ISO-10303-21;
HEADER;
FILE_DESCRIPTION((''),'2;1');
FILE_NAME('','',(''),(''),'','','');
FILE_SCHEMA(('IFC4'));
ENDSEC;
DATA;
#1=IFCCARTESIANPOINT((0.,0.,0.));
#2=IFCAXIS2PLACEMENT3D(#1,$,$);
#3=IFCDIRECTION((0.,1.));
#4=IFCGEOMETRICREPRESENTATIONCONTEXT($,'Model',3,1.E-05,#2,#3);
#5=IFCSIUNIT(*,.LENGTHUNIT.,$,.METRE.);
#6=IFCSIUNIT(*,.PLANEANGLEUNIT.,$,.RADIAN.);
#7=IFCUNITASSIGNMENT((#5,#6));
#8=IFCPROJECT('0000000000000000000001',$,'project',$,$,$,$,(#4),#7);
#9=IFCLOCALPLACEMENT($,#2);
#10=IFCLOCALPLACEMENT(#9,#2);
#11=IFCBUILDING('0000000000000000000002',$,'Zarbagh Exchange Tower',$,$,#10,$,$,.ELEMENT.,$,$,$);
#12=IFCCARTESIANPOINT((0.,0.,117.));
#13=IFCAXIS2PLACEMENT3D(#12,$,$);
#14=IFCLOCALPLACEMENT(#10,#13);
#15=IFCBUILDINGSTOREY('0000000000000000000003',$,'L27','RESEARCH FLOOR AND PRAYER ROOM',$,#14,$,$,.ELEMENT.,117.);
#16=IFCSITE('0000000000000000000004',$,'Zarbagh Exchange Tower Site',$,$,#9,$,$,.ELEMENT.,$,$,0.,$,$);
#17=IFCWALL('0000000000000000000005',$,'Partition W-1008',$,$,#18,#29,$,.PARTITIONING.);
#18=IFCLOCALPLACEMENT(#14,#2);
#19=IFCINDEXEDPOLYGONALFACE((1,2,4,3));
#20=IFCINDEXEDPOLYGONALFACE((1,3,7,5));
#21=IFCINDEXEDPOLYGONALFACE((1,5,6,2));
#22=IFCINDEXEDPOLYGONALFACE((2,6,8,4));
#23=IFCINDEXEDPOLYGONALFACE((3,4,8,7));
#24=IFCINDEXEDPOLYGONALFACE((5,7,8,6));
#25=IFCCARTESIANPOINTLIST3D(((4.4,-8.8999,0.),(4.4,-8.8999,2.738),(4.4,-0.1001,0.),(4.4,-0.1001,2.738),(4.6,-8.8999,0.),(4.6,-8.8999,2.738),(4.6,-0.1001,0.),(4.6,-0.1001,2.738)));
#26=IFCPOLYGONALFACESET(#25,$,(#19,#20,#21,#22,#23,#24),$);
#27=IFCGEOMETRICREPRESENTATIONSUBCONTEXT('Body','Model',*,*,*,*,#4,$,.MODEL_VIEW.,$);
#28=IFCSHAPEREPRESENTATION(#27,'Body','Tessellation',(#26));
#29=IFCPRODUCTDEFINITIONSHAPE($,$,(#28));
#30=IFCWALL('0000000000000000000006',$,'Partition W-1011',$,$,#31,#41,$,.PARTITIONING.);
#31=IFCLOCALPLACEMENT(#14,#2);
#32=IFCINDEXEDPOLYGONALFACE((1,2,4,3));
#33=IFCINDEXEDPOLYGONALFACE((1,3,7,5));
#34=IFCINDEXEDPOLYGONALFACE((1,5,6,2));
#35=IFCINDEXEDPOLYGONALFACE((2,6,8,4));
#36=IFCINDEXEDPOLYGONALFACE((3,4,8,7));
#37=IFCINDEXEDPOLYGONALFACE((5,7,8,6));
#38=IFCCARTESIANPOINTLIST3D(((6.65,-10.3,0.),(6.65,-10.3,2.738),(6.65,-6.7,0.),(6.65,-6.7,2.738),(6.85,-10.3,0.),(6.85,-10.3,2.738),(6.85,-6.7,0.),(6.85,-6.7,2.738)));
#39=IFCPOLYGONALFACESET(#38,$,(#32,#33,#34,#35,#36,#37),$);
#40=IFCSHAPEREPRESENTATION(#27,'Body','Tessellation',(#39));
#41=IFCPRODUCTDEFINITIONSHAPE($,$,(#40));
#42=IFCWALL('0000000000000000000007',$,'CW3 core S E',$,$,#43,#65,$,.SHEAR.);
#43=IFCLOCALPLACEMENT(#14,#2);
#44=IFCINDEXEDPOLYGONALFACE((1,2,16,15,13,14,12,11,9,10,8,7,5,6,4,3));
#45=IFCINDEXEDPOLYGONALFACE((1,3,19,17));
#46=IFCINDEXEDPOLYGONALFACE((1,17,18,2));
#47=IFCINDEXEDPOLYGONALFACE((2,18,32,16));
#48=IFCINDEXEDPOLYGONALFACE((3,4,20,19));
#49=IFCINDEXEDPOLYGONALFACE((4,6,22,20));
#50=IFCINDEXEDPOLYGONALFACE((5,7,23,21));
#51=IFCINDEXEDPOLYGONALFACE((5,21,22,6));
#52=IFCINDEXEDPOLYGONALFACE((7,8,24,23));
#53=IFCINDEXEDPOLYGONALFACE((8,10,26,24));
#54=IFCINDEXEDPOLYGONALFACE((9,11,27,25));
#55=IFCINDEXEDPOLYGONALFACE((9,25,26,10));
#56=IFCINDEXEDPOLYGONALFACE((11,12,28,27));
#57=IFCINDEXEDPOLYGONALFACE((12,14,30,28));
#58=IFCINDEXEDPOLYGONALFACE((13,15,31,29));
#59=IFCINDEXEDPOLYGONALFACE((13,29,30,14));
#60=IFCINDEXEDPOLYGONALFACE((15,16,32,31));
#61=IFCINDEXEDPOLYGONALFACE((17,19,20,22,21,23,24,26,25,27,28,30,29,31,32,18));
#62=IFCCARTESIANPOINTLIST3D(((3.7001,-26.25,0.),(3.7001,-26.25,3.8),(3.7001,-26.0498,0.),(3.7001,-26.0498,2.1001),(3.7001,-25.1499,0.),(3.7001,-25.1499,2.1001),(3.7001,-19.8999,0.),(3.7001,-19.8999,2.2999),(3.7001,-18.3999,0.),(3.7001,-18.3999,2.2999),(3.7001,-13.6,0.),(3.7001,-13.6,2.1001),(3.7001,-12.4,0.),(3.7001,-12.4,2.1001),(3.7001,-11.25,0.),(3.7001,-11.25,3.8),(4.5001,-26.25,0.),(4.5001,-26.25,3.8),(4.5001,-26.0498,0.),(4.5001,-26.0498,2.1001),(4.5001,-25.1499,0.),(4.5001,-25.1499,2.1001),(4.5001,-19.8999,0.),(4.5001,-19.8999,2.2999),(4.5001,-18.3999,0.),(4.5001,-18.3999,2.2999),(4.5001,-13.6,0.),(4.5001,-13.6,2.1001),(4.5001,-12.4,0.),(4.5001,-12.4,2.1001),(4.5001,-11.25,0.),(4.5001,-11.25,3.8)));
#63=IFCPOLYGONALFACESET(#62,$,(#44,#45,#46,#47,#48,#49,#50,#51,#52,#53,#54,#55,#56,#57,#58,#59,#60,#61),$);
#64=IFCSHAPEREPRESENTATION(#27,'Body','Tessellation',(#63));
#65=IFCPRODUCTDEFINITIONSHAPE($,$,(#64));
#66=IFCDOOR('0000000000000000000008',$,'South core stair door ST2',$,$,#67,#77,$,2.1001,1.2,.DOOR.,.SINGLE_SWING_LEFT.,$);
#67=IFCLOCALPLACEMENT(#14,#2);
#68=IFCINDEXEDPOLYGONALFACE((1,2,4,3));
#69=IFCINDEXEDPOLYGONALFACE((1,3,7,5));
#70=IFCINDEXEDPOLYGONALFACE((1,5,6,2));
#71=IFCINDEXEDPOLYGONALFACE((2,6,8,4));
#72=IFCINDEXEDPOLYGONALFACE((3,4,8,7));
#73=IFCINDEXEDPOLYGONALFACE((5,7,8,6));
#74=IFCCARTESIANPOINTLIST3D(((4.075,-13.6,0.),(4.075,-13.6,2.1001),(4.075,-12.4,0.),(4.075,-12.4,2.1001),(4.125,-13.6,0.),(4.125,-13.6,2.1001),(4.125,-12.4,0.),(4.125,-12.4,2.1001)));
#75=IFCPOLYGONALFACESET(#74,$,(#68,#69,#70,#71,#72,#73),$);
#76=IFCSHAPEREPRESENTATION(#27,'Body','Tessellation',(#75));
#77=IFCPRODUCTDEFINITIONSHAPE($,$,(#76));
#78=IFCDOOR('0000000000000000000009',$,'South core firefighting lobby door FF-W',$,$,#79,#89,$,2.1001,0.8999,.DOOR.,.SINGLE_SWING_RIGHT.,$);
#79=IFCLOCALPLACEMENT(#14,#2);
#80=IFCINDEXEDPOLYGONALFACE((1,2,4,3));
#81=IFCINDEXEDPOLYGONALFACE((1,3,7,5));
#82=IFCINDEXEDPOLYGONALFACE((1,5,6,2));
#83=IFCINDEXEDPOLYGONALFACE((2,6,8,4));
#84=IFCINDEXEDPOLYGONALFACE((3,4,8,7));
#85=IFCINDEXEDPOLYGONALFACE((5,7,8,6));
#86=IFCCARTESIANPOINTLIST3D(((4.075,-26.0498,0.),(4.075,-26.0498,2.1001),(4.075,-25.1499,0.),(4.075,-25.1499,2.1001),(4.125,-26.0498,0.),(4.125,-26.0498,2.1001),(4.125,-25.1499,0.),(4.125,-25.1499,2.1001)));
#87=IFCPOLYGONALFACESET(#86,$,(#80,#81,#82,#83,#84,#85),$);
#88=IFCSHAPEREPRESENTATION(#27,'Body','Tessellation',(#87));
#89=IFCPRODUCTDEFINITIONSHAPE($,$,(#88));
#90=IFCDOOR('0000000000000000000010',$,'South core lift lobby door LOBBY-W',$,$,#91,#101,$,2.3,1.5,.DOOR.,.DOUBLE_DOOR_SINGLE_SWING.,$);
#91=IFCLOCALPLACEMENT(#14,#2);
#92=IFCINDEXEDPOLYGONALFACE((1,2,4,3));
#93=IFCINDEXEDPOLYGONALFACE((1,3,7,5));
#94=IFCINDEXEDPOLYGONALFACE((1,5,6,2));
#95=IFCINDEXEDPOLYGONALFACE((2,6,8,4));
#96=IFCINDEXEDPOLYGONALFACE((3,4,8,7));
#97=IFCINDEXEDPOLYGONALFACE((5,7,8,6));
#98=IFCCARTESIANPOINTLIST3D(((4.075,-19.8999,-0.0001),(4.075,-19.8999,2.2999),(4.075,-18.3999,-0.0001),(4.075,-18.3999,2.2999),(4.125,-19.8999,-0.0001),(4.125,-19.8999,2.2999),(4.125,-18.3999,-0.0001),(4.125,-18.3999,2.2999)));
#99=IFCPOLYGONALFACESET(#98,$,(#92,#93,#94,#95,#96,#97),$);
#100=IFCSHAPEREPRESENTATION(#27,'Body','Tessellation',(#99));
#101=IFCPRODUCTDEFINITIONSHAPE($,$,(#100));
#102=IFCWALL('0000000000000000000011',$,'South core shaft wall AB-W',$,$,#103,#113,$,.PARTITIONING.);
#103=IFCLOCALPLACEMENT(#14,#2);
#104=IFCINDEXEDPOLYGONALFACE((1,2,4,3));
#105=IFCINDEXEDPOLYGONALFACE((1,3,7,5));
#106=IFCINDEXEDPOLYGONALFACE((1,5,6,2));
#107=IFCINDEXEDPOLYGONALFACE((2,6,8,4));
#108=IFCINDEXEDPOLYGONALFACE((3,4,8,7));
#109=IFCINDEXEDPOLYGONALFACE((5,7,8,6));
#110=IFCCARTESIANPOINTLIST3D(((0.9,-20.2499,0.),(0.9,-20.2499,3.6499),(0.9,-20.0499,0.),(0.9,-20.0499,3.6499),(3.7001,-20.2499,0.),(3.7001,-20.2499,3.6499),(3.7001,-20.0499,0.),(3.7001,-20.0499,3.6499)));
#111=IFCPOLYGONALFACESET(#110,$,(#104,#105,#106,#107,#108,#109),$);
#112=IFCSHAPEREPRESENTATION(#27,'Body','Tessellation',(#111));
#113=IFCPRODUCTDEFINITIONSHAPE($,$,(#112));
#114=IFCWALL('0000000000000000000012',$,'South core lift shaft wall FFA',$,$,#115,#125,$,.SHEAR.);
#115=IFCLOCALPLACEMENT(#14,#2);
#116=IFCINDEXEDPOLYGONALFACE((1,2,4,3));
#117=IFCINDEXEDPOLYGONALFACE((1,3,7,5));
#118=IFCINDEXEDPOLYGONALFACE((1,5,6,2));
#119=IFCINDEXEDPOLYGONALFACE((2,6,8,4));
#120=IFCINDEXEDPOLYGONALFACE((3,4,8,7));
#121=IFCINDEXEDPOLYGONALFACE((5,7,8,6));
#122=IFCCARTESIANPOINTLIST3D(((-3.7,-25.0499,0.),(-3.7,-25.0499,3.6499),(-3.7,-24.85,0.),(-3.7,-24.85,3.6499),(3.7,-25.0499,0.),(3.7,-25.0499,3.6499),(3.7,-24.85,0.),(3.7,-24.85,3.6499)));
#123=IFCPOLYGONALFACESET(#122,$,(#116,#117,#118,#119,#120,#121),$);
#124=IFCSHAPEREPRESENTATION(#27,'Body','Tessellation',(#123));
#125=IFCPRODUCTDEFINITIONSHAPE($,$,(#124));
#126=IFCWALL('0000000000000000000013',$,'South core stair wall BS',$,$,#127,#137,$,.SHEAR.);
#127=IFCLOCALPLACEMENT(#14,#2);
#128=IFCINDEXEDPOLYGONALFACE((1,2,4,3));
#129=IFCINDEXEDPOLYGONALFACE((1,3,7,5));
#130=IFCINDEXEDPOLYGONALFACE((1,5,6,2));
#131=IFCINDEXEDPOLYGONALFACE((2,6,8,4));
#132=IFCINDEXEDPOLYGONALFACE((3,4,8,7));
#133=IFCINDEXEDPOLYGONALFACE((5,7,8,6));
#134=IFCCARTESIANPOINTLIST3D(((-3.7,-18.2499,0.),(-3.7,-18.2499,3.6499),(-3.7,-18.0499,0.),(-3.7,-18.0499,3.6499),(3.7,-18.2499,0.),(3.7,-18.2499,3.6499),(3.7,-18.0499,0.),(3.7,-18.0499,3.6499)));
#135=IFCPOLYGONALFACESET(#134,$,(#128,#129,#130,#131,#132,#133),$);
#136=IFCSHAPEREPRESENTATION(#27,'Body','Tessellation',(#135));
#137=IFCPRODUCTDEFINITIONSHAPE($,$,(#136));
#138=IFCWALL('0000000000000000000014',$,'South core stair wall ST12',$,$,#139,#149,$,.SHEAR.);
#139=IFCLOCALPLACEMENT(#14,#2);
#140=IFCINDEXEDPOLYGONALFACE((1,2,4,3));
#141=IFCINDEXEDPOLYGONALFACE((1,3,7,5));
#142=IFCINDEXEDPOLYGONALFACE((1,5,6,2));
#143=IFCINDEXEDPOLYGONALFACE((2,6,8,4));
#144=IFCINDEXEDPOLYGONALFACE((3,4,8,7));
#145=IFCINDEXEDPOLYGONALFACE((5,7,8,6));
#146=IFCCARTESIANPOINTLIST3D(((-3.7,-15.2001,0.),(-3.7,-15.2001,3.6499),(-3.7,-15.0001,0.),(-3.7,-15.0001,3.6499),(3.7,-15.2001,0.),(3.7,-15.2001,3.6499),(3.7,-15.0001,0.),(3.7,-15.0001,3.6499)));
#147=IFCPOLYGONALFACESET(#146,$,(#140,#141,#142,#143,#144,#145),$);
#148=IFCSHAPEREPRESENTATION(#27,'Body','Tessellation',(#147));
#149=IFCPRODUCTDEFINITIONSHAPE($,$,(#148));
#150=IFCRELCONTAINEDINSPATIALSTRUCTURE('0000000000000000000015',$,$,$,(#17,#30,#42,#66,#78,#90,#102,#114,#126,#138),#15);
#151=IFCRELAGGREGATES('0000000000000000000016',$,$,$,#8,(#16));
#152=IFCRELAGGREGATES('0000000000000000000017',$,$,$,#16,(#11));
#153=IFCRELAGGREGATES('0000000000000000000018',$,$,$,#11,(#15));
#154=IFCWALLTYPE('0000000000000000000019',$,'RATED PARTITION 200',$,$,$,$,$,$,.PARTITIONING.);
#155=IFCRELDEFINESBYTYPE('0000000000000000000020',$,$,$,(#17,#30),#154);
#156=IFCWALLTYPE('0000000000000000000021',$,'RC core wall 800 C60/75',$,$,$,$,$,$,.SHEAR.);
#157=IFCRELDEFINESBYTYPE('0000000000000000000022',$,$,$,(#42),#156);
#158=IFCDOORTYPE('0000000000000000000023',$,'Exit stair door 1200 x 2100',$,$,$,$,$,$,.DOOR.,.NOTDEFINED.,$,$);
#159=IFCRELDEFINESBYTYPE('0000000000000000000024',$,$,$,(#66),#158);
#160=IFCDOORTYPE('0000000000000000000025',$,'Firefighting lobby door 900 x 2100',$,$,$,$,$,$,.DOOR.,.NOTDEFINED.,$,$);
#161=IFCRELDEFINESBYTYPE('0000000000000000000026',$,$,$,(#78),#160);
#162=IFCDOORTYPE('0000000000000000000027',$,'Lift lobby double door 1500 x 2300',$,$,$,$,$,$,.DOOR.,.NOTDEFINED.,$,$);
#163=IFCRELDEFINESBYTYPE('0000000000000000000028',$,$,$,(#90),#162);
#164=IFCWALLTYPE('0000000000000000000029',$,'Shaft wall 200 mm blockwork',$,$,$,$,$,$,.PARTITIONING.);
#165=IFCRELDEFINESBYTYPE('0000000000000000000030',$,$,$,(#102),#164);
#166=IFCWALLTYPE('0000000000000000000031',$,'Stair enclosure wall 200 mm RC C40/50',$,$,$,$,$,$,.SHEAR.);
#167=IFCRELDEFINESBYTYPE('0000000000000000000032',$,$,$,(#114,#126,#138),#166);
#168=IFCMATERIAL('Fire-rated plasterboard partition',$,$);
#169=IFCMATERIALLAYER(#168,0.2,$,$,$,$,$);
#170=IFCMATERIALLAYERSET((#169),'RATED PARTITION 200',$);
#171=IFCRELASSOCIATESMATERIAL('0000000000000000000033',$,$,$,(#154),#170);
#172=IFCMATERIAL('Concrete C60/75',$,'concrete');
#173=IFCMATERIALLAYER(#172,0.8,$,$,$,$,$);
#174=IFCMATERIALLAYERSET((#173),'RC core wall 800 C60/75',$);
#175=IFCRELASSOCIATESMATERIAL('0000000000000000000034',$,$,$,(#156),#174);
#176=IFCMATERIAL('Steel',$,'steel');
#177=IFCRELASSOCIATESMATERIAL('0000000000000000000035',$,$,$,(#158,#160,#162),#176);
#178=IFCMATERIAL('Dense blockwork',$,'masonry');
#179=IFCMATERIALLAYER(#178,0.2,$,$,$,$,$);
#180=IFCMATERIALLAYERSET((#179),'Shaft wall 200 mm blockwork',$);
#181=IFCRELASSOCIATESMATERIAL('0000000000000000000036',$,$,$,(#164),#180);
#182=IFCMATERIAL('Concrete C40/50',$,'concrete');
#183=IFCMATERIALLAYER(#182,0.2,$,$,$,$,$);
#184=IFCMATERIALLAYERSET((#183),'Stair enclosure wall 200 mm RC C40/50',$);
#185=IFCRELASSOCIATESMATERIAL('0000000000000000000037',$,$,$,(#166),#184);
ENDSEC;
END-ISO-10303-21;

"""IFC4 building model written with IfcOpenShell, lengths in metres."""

from ifc_helpers import new_model, si_unit, direction, frame, frame_2d, origin, place, context, subcontext, project, spatial, rectangle, extrude, material, layer, layer_set, type_object, element, fill, save


model = new_model("IFC4")

# Units and contexts
model_context = context("Model", 3, precision=1e-05, world=origin(), true_north=direction((0.0, 1.0)))
body_context = subcontext(model_context, "Body", "Model", "MODEL_VIEW")
ifc_project = project(units=[si_unit("LENGTHUNIT", "METRE"), si_unit("PLANEANGLEUNIT", "RADIAN")], contexts=[model_context])

# Site, building, storey
site_placement = place(None, origin())
site = spatial("IfcSite", under=ifc_project, at=site_placement, Name="Zarbagh Exchange Tower Site", CompositionType="ELEMENT", RefElevation=0.0)
building_placement = place(site_placement, origin())
building = spatial("IfcBuilding", under=site, at=building_placement, Name="Zarbagh Exchange Tower", CompositionType="ELEMENT")
storey_placement = place(building_placement, frame((0.0, 0.0, 117.0)))
storey = spatial("IfcBuildingStorey", under=building, at=storey_placement, Name="L27", Description="RESEARCH FLOOR AND PRAYER ROOM", CompositionType="ELEMENT", Elevation=117.0)

# Shared definitions
ifc_material_1 = material(Name="Concrete C60/75", Category="concrete")

# Walls
ifc_material_2 = material(Name="Fire-rated plasterboard partition")
ifc_layer_1 = layer(ifc_material_2, 0.2)
ifc_layer_set_1 = layer_set([ifc_layer_1], Name="RATED PARTITION 200")
wall_type_1 = type_object("IfcWallType", Name="RATED PARTITION 200", PredefinedType="PARTITIONING", material=ifc_layer_set_1)
wall_1_placement = place(storey_placement, frame((4.5, -8.8999, 0.0), z_axis=(0.0, 0.0, 1.0), x_axis=(0.0, 1.0, 0.0)))
element("IfcWall", 1, at=wall_1_placement, inside=storey, type_object=wall_type_1, Name="Partition W-1008", PredefinedType="PARTITIONING", context=body_context, shape_type="SweptSolid", body=[
    extrude(rectangle(XDim=8.7998, YDim=0.2, at=frame_2d((4.3999, 0.0))), origin(), (0.0, 0.0, 1.0), 2.738),
])
wall_2_placement = place(storey_placement, frame((6.75, -10.3, 0.0), z_axis=(0.0, 0.0, 1.0), x_axis=(0.0, 1.0, 0.0)))
element("IfcWall", 2, at=wall_2_placement, inside=storey, type_object=wall_type_1, Name="Partition W-1011", PredefinedType="PARTITIONING", context=body_context, shape_type="SweptSolid", body=[
    extrude(rectangle(XDim=3.6001, YDim=0.2, at=frame_2d((1.8, 0.0))), origin(), (0.0, 0.0, 1.0), 2.738),
])

# Wall, openings, doors
ifc_layer_2 = layer(ifc_material_1, 0.8)
ifc_layer_set_2 = layer_set([ifc_layer_2], Name="RC core wall 800 C60/75")
wall_type_2 = type_object("IfcWallType", Name="RC core wall 800 C60/75", PredefinedType="SHEAR", material=ifc_layer_set_2)
wall_3_placement = place(storey_placement, frame((4.1001, -11.25, 0.0), z_axis=(0.0, 0.0, 1.0), x_axis=(0.0, -1.0, 0.0)))
wall_3 = element("IfcWall", 3, at=wall_3_placement, inside=storey, type_object=wall_type_2, Name="CW3 core S E", PredefinedType="SHEAR", context=body_context, shape_type="SweptSolid", body=[
    extrude(rectangle(XDim=15.0, YDim=0.8, at=frame_2d((7.5, 0.0))), origin(), (0.0, 0.0, 1.0), 3.8),
])
opening_1_placement = place(wall_3_placement, frame((7.1499, 0.0, 0.0)))
opening_1 = element("IfcOpeningElement", 4, at=opening_1_placement, cuts=wall_3, PredefinedType="OPENING", context=body_context, shape_type="SweptSolid", body=[
    extrude(rectangle(XDim=1.5, YDim=2.3, at=frame_2d((0.75, 1.1499))), frame((0.0, 0.4099, 0.0), z_axis=(0.0, -1.0, 0.0), x_axis=(1.0, 0.0, 0.0)), (0.0, 0.0, 1.0), 0.8201),
])
opening_2_placement = place(wall_3_placement, frame((13.8999, 0.0, 0.0)))
opening_2 = element("IfcOpeningElement", 5, at=opening_2_placement, cuts=wall_3, PredefinedType="OPENING", context=body_context, shape_type="SweptSolid", body=[
    extrude(rectangle(XDim=0.8999, YDim=2.1001, at=frame_2d((0.45, 1.05))), frame((0.0, 0.4099, 0.0), z_axis=(0.0, -1.0, 0.0), x_axis=(1.0, 0.0, 0.0)), (0.0, 0.0, 1.0), 0.8201),
])
opening_3_placement = place(wall_3_placement, frame((1.1499, 0.0, 0.0)))
opening_3 = element("IfcOpeningElement", 6, at=opening_3_placement, cuts=wall_3, PredefinedType="OPENING", context=body_context, shape_type="SweptSolid", body=[
    extrude(rectangle(XDim=1.2, YDim=2.1001, at=frame_2d((0.6001, 1.05))), frame((0.0, 0.4099, 0.0), z_axis=(0.0, -1.0, 0.0), x_axis=(1.0, 0.0, 0.0)), (0.0, 0.0, 1.0), 0.8201),
])
ifc_material_3 = material(Name="Steel", Category="steel")
door_type_1 = type_object("IfcDoorType", Name="Exit stair door 1200 x 2100", OperationType="NOTDEFINED", PredefinedType="DOOR", material=ifc_material_3)
door_1_placement = place(opening_3_placement, origin())
door_1 = element("IfcDoor", 7, at=door_1_placement, inside=storey, type_object=door_type_1, Name="South core stair door ST2", OperationType="SINGLE_SWING_LEFT", OverallHeight=2.1001, OverallWidth=1.2, PredefinedType="DOOR", context=body_context, shape_type="SweptSolid", body=[
    extrude(rectangle(XDim=1.2, YDim=2.1001, at=frame_2d((0.6001, 1.05))), frame((0.0, 0.0249, 0.0), z_axis=(0.0, -1.0, 0.0), x_axis=(1.0, 0.0, 0.0)), (0.0, 0.0, 1.0), 0.05),
])
fill(opening_3, door_1)
door_type_2 = type_object("IfcDoorType", Name="Firefighting lobby door 900 x 2100", OperationType="NOTDEFINED", PredefinedType="DOOR", material=ifc_material_3)
door_2_placement = place(opening_2_placement, origin())
door_2 = element("IfcDoor", 8, at=door_2_placement, inside=storey, type_object=door_type_2, Name="South core firefighting lobby door FF-W", OperationType="SINGLE_SWING_RIGHT", OverallHeight=2.1001, OverallWidth=0.8999, PredefinedType="DOOR", context=body_context, shape_type="SweptSolid", body=[
    extrude(rectangle(XDim=0.8999, YDim=2.1001, at=frame_2d((0.45, 1.05))), frame((0.0, 0.0249, 0.0), z_axis=(0.0, -1.0, 0.0), x_axis=(1.0, 0.0, 0.0)), (0.0, 0.0, 1.0), 0.05),
])
fill(opening_2, door_2)
door_type_3 = type_object("IfcDoorType", Name="Lift lobby double door 1500 x 2300", OperationType="NOTDEFINED", PredefinedType="DOOR", material=ifc_material_3)
door_3_placement = place(opening_1_placement, origin())
door_3 = element("IfcDoor", 9, at=door_3_placement, inside=storey, type_object=door_type_3, Name="South core lift lobby door LOBBY-W", OperationType="DOUBLE_DOOR_SINGLE_SWING", OverallHeight=2.3, OverallWidth=1.5, PredefinedType="DOOR", context=body_context, shape_type="SweptSolid", body=[
    extrude(rectangle(XDim=1.5, YDim=2.3, at=frame_2d((0.75, 1.1499))), frame((0.0, 0.0249, 0.0), z_axis=(0.0, -1.0, 0.0), x_axis=(1.0, 0.0, 0.0)), (0.0, 0.0, 1.0), 0.05),
])
fill(opening_1, door_3)

# Walls
ifc_material_4 = material(Name="Dense blockwork", Category="masonry")
ifc_layer_3 = layer(ifc_material_4, 0.2)
ifc_layer_set_3 = layer_set([ifc_layer_3], Name="Shaft wall 200 mm blockwork")
wall_type_3 = type_object("IfcWallType", Name="Shaft wall 200 mm blockwork", PredefinedType="PARTITIONING", material=ifc_layer_set_3)
wall_4_placement = place(storey_placement, frame((3.7, -20.1499, 0.0), z_axis=(0.0, 0.0, 1.0), x_axis=(-1.0, 0.0, 0.0)))
element("IfcWall", 10, at=wall_4_placement, inside=storey, type_object=wall_type_3, Name="South core shaft wall AB-W", PredefinedType="PARTITIONING", context=body_context, shape_type="SweptSolid", body=[
    extrude(rectangle(XDim=2.8, YDim=0.2, at=frame_2d((1.3999, 0.0))), origin(), (0.0, 0.0, 1.0), 3.6499),
])
ifc_material_5 = material(Name="Concrete C40/50", Category="concrete")
ifc_layer_4 = layer(ifc_material_5, 0.2)
ifc_layer_set_4 = layer_set([ifc_layer_4], Name="Stair enclosure wall 200 mm RC C40/50")
wall_type_4 = type_object("IfcWallType", Name="Stair enclosure wall 200 mm RC C40/50", PredefinedType="SHEAR", material=ifc_layer_set_4)
for number, where, z_axis, x_axis, name in (
    (11, (3.7, -24.95, 0.0), (0.0, 0.0, 1.0), (-1.0, 0.0, 0.0), "South core lift shaft wall FFA"),
    (12, (3.7, -18.1499, 0.0), (0.0, 0.0, 1.0), (-1.0, 0.0, 0.0), "South core stair wall BS"),
    (13, (3.7, -15.1001, 0.0), (0.0, 0.0, 1.0), (-1.0, 0.0, 0.0), "South core stair wall ST12"),
):
    element("IfcWall", number, at=place(storey_placement, frame(where, z_axis=z_axis, x_axis=x_axis)), inside=storey, type_object=wall_type_4, Name=name, PredefinedType="SHEAR", context=body_context, shape_type="SweptSolid", body=[
        extrude(rectangle(XDim=7.3999, YDim=0.2, at=frame_2d((3.7, 0.0))), origin(), (0.0, 0.0, 1.0), 3.6499),
    ])

save(model, "model.ifc")
